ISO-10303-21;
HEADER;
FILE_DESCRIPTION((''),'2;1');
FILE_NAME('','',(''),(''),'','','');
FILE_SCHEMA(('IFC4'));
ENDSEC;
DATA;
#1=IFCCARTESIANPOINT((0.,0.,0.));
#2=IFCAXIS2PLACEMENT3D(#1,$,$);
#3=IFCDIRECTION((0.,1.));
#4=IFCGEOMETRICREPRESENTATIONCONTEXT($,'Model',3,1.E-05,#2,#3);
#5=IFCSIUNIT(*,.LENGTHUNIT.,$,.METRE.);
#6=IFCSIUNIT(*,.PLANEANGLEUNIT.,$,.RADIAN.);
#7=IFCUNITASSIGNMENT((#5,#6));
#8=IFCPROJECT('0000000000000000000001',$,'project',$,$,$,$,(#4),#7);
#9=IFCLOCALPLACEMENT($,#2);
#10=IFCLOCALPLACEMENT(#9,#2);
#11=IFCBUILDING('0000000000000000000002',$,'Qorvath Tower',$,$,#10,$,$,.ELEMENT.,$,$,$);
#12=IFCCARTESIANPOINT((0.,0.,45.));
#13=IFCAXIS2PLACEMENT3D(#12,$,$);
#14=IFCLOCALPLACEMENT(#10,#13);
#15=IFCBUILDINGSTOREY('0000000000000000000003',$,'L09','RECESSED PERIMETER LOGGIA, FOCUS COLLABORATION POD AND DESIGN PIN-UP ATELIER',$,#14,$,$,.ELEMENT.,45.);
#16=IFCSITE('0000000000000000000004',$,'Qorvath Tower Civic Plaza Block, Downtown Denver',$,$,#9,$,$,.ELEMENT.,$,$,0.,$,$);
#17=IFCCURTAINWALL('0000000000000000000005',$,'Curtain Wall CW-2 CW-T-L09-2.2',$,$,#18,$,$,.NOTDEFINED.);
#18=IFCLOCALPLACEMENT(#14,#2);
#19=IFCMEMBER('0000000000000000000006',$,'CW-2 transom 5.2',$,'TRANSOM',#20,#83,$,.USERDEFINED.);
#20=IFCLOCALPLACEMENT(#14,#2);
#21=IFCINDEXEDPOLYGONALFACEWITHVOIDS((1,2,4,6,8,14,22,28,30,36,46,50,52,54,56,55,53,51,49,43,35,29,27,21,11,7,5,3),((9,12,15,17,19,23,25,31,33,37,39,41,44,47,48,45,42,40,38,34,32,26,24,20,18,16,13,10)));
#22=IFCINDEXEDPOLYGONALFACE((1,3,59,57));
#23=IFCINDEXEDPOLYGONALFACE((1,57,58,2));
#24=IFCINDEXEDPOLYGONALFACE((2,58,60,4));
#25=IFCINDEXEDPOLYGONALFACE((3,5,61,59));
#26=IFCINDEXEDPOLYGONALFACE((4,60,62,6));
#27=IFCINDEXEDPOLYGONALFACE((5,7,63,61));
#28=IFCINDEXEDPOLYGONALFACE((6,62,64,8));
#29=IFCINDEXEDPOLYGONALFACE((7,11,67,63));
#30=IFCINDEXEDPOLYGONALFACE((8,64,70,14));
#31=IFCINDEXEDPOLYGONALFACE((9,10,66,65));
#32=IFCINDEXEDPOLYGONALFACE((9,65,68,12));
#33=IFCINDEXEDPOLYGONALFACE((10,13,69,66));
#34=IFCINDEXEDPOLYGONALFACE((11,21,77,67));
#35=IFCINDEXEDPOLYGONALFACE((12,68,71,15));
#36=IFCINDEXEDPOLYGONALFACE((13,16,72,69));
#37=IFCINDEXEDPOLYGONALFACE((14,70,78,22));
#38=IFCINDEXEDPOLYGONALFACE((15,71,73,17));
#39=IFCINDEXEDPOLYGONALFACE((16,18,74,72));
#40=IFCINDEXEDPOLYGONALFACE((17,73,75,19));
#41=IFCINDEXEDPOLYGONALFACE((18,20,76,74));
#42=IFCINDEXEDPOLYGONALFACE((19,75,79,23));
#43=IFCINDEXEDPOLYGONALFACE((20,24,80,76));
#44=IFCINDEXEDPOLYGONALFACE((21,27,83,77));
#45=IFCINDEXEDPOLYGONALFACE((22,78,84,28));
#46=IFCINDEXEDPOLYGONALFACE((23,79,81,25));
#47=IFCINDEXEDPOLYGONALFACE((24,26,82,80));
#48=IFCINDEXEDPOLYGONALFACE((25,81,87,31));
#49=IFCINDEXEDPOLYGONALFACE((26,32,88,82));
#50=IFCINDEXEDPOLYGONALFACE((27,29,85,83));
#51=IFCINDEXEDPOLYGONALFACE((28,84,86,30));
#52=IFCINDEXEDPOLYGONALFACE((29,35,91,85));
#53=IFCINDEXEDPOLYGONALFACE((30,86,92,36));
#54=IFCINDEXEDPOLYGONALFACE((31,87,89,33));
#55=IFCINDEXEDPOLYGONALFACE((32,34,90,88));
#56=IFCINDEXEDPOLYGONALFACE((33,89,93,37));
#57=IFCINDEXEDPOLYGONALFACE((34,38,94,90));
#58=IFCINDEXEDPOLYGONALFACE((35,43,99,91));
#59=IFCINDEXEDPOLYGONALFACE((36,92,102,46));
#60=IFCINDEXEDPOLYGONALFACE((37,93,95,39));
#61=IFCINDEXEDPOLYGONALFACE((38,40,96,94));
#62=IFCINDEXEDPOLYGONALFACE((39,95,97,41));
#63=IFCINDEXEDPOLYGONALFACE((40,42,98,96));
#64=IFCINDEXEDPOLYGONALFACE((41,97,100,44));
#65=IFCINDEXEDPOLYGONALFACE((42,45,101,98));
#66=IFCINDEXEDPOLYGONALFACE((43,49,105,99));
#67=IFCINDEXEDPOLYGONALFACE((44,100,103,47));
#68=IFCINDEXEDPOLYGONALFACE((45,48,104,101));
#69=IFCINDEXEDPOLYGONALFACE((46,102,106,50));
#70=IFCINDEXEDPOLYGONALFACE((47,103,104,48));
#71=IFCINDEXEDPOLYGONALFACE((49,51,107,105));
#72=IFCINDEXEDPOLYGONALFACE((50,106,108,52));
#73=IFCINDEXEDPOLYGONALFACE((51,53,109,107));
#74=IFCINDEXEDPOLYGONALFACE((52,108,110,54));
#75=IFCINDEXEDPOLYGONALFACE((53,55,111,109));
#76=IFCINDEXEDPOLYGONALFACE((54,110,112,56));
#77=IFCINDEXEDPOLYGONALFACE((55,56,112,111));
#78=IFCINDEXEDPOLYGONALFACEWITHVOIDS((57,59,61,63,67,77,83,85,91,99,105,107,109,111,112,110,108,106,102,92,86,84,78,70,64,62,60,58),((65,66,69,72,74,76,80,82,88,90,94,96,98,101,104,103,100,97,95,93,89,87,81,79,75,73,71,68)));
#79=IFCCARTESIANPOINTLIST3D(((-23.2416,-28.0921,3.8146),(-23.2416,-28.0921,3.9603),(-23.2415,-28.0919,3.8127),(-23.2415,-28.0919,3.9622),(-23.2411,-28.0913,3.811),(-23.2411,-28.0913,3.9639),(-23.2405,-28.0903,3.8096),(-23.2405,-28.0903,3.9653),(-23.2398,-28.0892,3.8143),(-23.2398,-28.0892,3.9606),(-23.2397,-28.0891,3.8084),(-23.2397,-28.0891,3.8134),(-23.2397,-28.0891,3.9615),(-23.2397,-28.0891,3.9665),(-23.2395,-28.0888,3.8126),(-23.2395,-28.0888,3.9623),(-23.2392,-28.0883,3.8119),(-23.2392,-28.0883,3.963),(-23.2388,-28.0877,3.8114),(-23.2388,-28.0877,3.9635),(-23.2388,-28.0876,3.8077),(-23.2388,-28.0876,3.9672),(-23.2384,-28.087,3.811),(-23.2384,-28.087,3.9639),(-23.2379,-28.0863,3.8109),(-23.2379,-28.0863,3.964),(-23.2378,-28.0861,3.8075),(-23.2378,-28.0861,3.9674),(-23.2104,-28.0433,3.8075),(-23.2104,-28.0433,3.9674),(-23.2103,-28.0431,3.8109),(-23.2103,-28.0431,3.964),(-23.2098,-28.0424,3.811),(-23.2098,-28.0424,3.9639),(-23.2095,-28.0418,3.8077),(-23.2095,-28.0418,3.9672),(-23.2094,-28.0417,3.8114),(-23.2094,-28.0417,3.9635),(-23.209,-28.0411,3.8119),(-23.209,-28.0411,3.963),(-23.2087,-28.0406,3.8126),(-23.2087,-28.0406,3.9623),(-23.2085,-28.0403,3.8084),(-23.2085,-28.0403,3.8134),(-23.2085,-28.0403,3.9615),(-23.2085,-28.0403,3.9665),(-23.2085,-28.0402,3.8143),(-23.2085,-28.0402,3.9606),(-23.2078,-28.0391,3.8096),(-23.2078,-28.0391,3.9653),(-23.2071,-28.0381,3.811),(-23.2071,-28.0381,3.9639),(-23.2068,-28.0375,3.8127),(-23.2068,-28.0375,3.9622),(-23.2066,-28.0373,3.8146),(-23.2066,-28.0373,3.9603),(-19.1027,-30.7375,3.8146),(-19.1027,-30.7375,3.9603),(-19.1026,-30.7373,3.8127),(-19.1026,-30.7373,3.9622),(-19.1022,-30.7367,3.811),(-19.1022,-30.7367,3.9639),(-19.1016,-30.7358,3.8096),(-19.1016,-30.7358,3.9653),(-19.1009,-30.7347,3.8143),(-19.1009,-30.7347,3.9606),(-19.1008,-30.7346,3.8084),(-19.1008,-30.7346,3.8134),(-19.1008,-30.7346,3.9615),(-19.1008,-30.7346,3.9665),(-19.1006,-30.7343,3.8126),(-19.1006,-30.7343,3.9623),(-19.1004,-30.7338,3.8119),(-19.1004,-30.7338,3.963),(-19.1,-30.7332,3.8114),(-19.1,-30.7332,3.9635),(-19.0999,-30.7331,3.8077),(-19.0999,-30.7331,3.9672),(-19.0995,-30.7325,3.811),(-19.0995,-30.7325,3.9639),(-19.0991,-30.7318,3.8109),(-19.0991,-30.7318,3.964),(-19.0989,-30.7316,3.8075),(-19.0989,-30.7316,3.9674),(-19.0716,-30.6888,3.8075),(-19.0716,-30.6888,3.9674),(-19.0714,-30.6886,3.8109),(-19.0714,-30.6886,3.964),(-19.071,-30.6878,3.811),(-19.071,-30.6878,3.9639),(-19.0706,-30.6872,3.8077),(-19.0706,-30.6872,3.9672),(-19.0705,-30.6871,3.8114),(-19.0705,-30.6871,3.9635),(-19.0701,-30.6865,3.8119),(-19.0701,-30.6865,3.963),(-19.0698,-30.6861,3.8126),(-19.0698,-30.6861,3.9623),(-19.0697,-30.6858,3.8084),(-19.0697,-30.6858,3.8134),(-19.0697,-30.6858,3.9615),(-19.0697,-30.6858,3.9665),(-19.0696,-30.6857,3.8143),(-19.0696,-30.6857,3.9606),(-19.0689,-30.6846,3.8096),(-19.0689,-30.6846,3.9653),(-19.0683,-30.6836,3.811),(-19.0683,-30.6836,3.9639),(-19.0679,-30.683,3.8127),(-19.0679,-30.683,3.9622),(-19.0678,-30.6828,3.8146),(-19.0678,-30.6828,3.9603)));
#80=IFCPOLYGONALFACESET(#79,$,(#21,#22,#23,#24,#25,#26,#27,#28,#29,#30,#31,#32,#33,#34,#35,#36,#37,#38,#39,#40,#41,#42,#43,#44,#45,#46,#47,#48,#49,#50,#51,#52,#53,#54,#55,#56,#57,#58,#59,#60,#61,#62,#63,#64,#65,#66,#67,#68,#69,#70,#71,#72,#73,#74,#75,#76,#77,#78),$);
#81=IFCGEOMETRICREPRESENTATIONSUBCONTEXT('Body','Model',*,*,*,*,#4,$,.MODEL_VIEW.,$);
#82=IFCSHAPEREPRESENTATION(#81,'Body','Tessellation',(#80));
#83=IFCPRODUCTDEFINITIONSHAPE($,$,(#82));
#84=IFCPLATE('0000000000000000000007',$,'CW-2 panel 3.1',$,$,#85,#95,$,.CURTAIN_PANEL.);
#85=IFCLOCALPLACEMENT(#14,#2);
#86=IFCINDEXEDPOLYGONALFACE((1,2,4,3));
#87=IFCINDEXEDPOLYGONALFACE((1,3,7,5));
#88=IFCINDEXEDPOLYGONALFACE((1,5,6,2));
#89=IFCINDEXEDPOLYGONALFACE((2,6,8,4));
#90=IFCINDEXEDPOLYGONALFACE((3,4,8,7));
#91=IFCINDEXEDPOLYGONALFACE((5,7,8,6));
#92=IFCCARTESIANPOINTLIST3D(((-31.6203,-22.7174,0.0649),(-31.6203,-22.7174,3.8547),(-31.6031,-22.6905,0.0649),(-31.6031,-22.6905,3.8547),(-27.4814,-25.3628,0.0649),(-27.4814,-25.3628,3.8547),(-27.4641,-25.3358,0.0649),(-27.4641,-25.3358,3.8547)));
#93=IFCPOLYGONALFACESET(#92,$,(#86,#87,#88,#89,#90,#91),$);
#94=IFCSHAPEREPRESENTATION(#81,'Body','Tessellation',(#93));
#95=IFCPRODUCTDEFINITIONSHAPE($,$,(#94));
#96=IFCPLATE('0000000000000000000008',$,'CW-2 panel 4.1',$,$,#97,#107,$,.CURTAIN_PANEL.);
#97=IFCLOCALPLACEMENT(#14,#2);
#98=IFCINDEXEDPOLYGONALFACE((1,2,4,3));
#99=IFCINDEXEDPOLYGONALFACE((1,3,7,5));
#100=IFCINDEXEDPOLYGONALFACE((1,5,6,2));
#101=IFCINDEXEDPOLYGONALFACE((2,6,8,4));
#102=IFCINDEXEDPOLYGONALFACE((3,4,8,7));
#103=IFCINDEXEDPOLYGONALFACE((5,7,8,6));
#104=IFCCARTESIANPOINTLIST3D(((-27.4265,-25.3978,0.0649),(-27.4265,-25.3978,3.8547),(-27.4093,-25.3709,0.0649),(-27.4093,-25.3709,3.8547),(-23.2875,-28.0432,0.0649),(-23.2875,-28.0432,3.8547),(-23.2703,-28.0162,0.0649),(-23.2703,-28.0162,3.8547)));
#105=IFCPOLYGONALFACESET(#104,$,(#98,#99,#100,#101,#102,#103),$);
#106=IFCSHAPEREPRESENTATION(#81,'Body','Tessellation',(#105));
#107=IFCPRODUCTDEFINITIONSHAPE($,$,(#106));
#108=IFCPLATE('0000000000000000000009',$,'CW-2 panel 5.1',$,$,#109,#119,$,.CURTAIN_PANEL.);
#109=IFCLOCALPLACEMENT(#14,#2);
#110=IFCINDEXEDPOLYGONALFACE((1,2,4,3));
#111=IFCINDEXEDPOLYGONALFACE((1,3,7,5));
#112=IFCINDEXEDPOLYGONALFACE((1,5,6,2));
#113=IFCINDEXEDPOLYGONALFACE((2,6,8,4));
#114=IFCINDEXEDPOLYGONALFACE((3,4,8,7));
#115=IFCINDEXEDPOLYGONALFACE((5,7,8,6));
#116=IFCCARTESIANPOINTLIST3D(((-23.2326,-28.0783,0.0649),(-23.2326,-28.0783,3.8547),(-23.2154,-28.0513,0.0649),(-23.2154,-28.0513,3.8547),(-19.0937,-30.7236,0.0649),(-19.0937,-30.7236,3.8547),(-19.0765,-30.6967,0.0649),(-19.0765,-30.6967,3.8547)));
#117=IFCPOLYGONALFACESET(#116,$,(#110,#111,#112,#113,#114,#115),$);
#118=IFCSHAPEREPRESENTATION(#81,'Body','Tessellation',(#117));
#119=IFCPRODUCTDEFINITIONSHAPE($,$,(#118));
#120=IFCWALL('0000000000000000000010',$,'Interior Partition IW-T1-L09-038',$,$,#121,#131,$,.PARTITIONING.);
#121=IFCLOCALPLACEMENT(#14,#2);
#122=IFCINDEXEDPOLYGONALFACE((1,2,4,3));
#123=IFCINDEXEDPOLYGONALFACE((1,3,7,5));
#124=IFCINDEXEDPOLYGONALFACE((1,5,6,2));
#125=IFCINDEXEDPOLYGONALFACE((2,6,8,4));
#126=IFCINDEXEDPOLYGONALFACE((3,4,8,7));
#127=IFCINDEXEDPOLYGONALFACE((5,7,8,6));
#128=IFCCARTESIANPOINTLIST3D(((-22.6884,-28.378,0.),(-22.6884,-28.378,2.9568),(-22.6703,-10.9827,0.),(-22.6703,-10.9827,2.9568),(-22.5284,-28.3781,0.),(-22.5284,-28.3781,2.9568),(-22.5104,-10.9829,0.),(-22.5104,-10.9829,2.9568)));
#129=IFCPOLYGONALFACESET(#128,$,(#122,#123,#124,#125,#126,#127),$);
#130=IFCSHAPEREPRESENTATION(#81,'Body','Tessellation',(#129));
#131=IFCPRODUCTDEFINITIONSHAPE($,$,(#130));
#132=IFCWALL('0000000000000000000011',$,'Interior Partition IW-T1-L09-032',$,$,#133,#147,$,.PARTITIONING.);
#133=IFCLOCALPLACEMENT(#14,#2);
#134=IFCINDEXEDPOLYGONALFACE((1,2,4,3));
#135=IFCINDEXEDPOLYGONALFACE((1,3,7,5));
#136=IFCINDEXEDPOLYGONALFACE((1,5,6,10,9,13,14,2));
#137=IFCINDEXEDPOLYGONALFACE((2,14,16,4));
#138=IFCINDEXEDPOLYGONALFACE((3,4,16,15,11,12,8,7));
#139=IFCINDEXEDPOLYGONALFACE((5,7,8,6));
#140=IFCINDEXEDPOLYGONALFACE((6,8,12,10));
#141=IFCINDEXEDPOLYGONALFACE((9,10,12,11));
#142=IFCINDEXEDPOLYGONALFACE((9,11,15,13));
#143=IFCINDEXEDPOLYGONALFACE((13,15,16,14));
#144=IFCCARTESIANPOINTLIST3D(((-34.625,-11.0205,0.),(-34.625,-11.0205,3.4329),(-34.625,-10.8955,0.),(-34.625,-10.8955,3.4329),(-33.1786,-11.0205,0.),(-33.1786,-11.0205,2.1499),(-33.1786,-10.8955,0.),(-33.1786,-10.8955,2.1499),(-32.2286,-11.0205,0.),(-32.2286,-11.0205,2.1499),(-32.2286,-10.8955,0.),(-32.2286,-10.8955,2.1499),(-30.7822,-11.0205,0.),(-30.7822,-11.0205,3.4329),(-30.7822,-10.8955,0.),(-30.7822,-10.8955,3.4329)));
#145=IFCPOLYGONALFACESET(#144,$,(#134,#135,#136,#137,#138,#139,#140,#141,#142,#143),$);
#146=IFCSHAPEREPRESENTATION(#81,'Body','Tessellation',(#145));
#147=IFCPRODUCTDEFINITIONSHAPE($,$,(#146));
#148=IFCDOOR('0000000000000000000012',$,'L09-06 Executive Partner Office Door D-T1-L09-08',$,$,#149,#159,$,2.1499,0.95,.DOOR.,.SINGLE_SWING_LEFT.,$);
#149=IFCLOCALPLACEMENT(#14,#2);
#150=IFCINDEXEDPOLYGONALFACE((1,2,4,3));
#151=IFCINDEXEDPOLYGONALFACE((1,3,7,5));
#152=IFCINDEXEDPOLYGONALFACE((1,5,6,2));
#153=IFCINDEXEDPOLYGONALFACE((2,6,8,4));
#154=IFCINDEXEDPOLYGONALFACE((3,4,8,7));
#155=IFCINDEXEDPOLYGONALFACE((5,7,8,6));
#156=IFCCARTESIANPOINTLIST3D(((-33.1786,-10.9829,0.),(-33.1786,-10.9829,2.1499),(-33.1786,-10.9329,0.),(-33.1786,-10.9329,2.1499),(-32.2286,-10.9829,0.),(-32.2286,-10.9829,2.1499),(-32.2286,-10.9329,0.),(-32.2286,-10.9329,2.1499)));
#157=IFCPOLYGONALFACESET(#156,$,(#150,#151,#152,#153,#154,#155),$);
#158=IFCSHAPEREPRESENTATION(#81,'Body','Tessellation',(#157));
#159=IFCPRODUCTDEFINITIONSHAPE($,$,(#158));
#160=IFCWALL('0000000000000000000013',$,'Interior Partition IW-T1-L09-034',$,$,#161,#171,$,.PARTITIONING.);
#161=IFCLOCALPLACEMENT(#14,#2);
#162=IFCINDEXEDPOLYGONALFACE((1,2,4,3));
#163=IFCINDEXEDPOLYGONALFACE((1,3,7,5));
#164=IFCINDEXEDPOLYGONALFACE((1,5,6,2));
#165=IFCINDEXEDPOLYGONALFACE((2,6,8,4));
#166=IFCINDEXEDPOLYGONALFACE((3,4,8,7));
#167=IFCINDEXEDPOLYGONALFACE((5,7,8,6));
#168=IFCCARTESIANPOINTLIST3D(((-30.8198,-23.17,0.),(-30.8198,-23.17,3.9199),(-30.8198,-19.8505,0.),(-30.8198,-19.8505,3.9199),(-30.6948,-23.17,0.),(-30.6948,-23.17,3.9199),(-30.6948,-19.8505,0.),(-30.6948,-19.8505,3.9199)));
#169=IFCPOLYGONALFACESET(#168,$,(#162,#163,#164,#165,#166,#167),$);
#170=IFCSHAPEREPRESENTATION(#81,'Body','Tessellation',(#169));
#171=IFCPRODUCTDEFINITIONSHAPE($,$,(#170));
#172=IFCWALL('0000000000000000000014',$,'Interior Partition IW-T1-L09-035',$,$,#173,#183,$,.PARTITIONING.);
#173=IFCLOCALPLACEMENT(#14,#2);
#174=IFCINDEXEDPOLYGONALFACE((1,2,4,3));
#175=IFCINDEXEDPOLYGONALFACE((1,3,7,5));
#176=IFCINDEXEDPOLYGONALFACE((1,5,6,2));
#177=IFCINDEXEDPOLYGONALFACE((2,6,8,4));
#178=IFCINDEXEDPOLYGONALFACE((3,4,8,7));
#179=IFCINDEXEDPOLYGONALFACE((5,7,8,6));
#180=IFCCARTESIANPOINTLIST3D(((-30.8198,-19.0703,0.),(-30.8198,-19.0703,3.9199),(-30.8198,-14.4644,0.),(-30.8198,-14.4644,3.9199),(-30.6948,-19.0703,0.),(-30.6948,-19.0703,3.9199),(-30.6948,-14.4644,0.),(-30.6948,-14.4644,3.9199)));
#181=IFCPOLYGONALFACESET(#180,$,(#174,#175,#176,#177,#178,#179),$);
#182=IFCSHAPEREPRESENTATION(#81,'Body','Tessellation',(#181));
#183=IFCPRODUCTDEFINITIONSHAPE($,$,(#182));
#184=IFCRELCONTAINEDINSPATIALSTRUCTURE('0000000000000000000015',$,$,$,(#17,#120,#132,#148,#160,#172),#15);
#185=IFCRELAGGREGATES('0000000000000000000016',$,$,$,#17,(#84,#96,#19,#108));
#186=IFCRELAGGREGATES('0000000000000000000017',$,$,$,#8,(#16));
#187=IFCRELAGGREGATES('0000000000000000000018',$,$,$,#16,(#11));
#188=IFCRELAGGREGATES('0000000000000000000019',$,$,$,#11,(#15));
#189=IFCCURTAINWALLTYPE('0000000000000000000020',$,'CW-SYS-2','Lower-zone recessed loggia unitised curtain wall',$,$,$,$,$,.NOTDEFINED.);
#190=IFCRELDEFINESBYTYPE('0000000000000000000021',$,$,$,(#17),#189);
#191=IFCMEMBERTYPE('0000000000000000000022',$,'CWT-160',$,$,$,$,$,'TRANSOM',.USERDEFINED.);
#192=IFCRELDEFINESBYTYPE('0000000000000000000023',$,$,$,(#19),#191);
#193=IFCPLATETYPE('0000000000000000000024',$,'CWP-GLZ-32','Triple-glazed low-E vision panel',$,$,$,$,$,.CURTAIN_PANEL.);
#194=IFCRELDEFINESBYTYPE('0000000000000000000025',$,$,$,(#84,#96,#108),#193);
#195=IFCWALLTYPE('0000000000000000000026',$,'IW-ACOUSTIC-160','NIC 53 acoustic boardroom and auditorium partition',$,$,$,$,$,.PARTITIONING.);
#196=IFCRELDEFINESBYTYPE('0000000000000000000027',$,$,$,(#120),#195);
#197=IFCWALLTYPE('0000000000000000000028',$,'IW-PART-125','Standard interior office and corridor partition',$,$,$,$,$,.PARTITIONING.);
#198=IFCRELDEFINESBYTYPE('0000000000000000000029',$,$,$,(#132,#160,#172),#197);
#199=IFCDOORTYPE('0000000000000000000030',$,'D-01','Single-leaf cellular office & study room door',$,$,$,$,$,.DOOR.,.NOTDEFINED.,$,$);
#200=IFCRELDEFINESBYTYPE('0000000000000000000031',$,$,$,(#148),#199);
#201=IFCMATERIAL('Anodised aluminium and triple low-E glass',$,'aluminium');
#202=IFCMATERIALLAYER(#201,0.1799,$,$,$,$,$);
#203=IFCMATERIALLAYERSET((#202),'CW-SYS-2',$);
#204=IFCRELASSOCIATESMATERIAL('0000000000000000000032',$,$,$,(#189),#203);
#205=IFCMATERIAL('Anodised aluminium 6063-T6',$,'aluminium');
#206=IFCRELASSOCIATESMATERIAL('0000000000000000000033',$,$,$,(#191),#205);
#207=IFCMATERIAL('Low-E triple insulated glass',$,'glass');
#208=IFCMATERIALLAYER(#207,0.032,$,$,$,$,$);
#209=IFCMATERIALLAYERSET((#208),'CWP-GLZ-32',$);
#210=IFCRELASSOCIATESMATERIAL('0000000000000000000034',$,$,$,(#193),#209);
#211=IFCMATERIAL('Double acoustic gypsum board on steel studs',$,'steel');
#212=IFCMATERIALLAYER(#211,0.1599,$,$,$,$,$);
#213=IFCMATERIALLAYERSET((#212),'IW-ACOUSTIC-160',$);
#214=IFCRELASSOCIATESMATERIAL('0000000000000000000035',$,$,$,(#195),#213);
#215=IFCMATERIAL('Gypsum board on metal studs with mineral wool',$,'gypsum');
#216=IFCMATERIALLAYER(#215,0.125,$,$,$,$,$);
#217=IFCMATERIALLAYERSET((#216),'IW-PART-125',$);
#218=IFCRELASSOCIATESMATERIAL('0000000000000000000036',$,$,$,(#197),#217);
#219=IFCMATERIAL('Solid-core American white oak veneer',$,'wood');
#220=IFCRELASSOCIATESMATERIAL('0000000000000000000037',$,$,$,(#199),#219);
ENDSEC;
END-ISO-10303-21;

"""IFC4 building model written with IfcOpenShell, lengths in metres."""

from ifc_helpers import new_model, si_unit, direction, frame, frame_2d, origin, origin_2d, place, context, subcontext, project, spatial, rectangle, hollow_rectangle, extrude, material, layer, layer_set, material_profile, profile_set, type_object, element, fill, aggregate, save


model = new_model("IFC4")

# Units and contexts
model_context = context("Model", 3, precision=1e-05, world=origin(), true_north=direction((0.0, 1.0)))
body_context = subcontext(model_context, "Body", "Model", "MODEL_VIEW")
ifc_project = project(units=[si_unit("LENGTHUNIT", "METRE"), si_unit("PLANEANGLEUNIT", "RADIAN")], contexts=[model_context])

# Site, building, storey
site_placement = place(None, origin())
site = spatial("IfcSite", under=ifc_project, at=site_placement, Name="Qorvath Tower Civic Plaza Block, Downtown Denver", CompositionType="ELEMENT", RefElevation=0.0)
building_placement = place(site_placement, origin())
building = spatial("IfcBuilding", under=site, at=building_placement, Name="Qorvath Tower", CompositionType="ELEMENT")
storey_placement = place(building_placement, frame((0.0, 0.0, 45.0)))
storey = spatial("IfcBuildingStorey", under=building, at=storey_placement, Name="L09", Description="RECESSED PERIMETER LOGGIA, FOCUS COLLABORATION POD AND DESIGN PIN-UP ATELIER", CompositionType="ELEMENT", Elevation=45.0)

# Curtain wall, member, plates
ifc_material_1 = material(Name="Anodised aluminium and triple low-E glass", Category="aluminium")
ifc_layer_1 = layer(ifc_material_1, 0.1799)
ifc_layer_set_1 = layer_set([ifc_layer_1], Name="CW-SYS-2")
curtain_wall_type = type_object("IfcCurtainWallType", Name="CW-SYS-2", Description="Lower-zone recessed loggia unitised curtain wall", PredefinedType="NOTDEFINED", material=ifc_layer_set_1)
curtain_wall_placement = place(storey_placement, origin())
curtain_wall = element("IfcCurtainWall", 1, at=curtain_wall_placement, inside=storey, type_object=curtain_wall_type, Name="Curtain Wall CW-2 CW-T-L09-2.2", PredefinedType="NOTDEFINED")
ifc_material_2 = material(Name="Anodised aluminium 6063-T6", Category="aluminium")
ifc_material_profile_1 = material_profile(ifc_material_2, hollow_rectangle(XDim=0.0649, YDim=0.1599, WallThickness=0.0034, InnerFilletRadius=0.0034, OuterFilletRadius=0.0071, at=origin_2d()), Name="CWT 160x65")
ifc_profile_set_1 = profile_set([ifc_material_profile_1], Name="Anodised aluminium 6063-T6")
member_type_1 = type_object("IfcMemberType", Name="CWT-160", ElementType="TRANSOM", PredefinedType="USERDEFINED", material=ifc_profile_set_1)
member_1_placement = place(storey_placement, frame((-23.2241, -28.0647, 3.8875), z_axis=(0.842585, -0.538563, 0.0), x_axis=(0.538563, 0.842585, 0.0)))
member_1 = element("IfcMember", 2, at=member_1_placement, type_object=member_type_1, Name="CW-2 transom 5.2", ObjectType="TRANSOM", PredefinedType="USERDEFINED", context=body_context, shape_type="SweptSolid", body=[
    extrude(hollow_rectangle(XDim=0.0649, YDim=0.1599, WallThickness=0.0034, InnerFilletRadius=0.0034, OuterFilletRadius=0.0071, at=origin_2d()), origin(), (0.0, 0.0, 1.0), 4.9121),
])
ifc_material_3 = material(Name="Low-E triple insulated glass", Category="glass")
ifc_layer_2 = layer(ifc_material_3, 0.032)
ifc_layer_set_2 = layer_set([ifc_layer_2], Name="CWP-GLZ-32")
plate_type = type_object("IfcPlateType", Name="CWP-GLZ-32", Description="Triple-glazed low-E vision panel", PredefinedType="CURTAIN_PANEL", material=ifc_layer_set_2)
plate_1_placement = place(storey_placement, frame((-29.5422, -24.0266, 0.0649), z_axis=(0.0, 0.0, 1.0), x_axis=(0.842602, -0.538537, 0.0)))
plate_1 = element("IfcPlate", 3, at=plate_1_placement, type_object=plate_type, Name="CW-2 panel 3.1", PredefinedType="CURTAIN_PANEL", context=body_context, shape_type="SweptSolid", body=[
    extrude(rectangle(XDim=4.9121, YDim=0.032, at=origin_2d()), origin(), (0.0, 0.0, 1.0), 3.7898),
])
plate_2_placement = place(storey_placement, frame((-25.3484, -26.707, 0.0649), z_axis=(0.0, 0.0, 1.0), x_axis=(0.842602, -0.538537, 0.0)))
plate_2 = element("IfcPlate", 4, at=plate_2_placement, type_object=plate_type, Name="CW-2 panel 4.1", PredefinedType="CURTAIN_PANEL", context=body_context, shape_type="SweptSolid", body=[
    extrude(rectangle(XDim=4.9121, YDim=0.032, at=origin_2d()), origin(), (0.0, 0.0, 1.0), 3.7898),
])
plate_3_placement = place(storey_placement, frame((-21.1545, -29.3875, 0.0649), z_axis=(0.0, 0.0, 1.0), x_axis=(0.842602, -0.538537, 0.0)))
plate_3 = element("IfcPlate", 5, at=plate_3_placement, type_object=plate_type, Name="CW-2 panel 5.1", PredefinedType="CURTAIN_PANEL", context=body_context, shape_type="SweptSolid", body=[
    extrude(rectangle(XDim=4.9121, YDim=0.032, at=origin_2d()), origin(), (0.0, 0.0, 1.0), 3.7898),
])
aggregate(curtain_wall, [plate_1, plate_2, member_1, plate_3])

# Wall
ifc_material_4 = material(Name="Double acoustic gypsum board on steel studs", Category="steel")
ifc_layer_3 = layer(ifc_material_4, 0.1599)
ifc_layer_set_3 = layer_set([ifc_layer_3], Name="IW-ACOUSTIC-160")
wall_type_1 = type_object("IfcWallType", Name="IW-ACOUSTIC-160", Description="NIC 53 acoustic boardroom and auditorium partition", PredefinedType="PARTITIONING", material=ifc_layer_set_3)
wall_1_placement = place(storey_placement, frame((-22.6084, -28.3782, 0.0), z_axis=(0.0, 0.0, 1.0), x_axis=(0.001039, 0.999999, 0.0)))
element("IfcWall", 6, at=wall_1_placement, inside=storey, type_object=wall_type_1, Name="Interior Partition IW-T1-L09-038", PredefinedType="PARTITIONING", context=body_context, shape_type="SweptSolid", body=[
    extrude(rectangle(XDim=17.3953, YDim=0.1599, at=frame_2d((8.6978, 0.0))), origin(), (0.0, 0.0, 1.0), 2.9568),
])

# Wall, opening, door
ifc_material_5 = material(Name="Gypsum board on metal studs with mineral wool", Category="gypsum")
ifc_layer_4 = layer(ifc_material_5, 0.125)
ifc_layer_set_4 = layer_set([ifc_layer_4], Name="IW-PART-125")
wall_type_2 = type_object("IfcWallType", Name="IW-PART-125", Description="Standard interior office and corridor partition", PredefinedType="PARTITIONING", material=ifc_layer_set_4)
wall_2_placement = place(storey_placement, frame((-30.7822, -10.958, 0.0), z_axis=(0.0, 0.0, 1.0), x_axis=(-1.0, 0.0, 0.0)))
wall_2 = element("IfcWall", 7, at=wall_2_placement, inside=storey, type_object=wall_type_2, Name="Interior Partition IW-T1-L09-032", PredefinedType="PARTITIONING", context=body_context, shape_type="SweptSolid", body=[
    extrude(rectangle(XDim=3.8428, YDim=0.125, at=frame_2d((1.9214, 0.0))), origin(), (0.0, 0.0, 1.0), 3.4329),
])
opening_placement = place(wall_2_placement, frame((1.4463, 0.0, 0.0)))
opening = element("IfcOpeningElement", 8, at=opening_placement, cuts=wall_2, PredefinedType="OPENING", context=body_context, shape_type="SweptSolid", body=[
    extrude(rectangle(XDim=0.95, YDim=2.1499, at=frame_2d((0.4751, 1.075))), frame((0.0, 0.0725, 0.0), z_axis=(0.0, -1.0, 0.0), x_axis=(1.0, 0.0, 0.0)), (0.0, 0.0, 1.0), 0.145),
])
ifc_material_6 = material(Name="Solid-core American white oak veneer", Category="wood")
door_type = type_object("IfcDoorType", Name="D-01", Description="Single-leaf cellular office & study room door", OperationType="NOTDEFINED", PredefinedType="DOOR", material=ifc_material_6)
door_placement = place(opening_placement, origin())
door = element("IfcDoor", 9, at=door_placement, inside=storey, type_object=door_type, Name="L09-06 Executive Partner Office Door D-T1-L09-08", OperationType="SINGLE_SWING_LEFT", OverallHeight=2.1499, OverallWidth=0.95, PredefinedType="DOOR", context=body_context, shape_type="SweptSolid", body=[
    extrude(rectangle(XDim=0.95, YDim=2.1499, at=frame_2d((0.4751, 1.075))), frame((0.0, 0.0249, 0.0), z_axis=(0.0, -1.0, 0.0), x_axis=(1.0, 0.0, 0.0)), (0.0, 0.0, 1.0), 0.05),
])
fill(opening, door)

# Walls
wall_3_placement = place(storey_placement, frame((-30.7573, -23.1699, 0.0), z_axis=(0.0, 0.0, 1.0), x_axis=(0.0, 1.0, 0.0)))
element("IfcWall", 10, at=wall_3_placement, inside=storey, type_object=wall_type_2, Name="Interior Partition IW-T1-L09-034", PredefinedType="PARTITIONING", context=body_context, shape_type="SweptSolid", body=[
    extrude(rectangle(XDim=3.3196, YDim=0.125, at=frame_2d((1.6597, 0.0))), origin(), (0.0, 0.0, 1.0), 3.9199),
])
wall_4_placement = place(storey_placement, frame((-30.7573, -19.0703, 0.0), z_axis=(0.0, 0.0, 1.0), x_axis=(0.0, 1.0, 0.0)))
element("IfcWall", 11, at=wall_4_placement, inside=storey, type_object=wall_type_2, Name="Interior Partition IW-T1-L09-035", PredefinedType="PARTITIONING", context=body_context, shape_type="SweptSolid", body=[
    extrude(rectangle(XDim=4.606, YDim=0.125, at=frame_2d((2.303, 0.0))), origin(), (0.0, 0.0, 1.0), 3.9199),
])

save(model, "model.ifc")
